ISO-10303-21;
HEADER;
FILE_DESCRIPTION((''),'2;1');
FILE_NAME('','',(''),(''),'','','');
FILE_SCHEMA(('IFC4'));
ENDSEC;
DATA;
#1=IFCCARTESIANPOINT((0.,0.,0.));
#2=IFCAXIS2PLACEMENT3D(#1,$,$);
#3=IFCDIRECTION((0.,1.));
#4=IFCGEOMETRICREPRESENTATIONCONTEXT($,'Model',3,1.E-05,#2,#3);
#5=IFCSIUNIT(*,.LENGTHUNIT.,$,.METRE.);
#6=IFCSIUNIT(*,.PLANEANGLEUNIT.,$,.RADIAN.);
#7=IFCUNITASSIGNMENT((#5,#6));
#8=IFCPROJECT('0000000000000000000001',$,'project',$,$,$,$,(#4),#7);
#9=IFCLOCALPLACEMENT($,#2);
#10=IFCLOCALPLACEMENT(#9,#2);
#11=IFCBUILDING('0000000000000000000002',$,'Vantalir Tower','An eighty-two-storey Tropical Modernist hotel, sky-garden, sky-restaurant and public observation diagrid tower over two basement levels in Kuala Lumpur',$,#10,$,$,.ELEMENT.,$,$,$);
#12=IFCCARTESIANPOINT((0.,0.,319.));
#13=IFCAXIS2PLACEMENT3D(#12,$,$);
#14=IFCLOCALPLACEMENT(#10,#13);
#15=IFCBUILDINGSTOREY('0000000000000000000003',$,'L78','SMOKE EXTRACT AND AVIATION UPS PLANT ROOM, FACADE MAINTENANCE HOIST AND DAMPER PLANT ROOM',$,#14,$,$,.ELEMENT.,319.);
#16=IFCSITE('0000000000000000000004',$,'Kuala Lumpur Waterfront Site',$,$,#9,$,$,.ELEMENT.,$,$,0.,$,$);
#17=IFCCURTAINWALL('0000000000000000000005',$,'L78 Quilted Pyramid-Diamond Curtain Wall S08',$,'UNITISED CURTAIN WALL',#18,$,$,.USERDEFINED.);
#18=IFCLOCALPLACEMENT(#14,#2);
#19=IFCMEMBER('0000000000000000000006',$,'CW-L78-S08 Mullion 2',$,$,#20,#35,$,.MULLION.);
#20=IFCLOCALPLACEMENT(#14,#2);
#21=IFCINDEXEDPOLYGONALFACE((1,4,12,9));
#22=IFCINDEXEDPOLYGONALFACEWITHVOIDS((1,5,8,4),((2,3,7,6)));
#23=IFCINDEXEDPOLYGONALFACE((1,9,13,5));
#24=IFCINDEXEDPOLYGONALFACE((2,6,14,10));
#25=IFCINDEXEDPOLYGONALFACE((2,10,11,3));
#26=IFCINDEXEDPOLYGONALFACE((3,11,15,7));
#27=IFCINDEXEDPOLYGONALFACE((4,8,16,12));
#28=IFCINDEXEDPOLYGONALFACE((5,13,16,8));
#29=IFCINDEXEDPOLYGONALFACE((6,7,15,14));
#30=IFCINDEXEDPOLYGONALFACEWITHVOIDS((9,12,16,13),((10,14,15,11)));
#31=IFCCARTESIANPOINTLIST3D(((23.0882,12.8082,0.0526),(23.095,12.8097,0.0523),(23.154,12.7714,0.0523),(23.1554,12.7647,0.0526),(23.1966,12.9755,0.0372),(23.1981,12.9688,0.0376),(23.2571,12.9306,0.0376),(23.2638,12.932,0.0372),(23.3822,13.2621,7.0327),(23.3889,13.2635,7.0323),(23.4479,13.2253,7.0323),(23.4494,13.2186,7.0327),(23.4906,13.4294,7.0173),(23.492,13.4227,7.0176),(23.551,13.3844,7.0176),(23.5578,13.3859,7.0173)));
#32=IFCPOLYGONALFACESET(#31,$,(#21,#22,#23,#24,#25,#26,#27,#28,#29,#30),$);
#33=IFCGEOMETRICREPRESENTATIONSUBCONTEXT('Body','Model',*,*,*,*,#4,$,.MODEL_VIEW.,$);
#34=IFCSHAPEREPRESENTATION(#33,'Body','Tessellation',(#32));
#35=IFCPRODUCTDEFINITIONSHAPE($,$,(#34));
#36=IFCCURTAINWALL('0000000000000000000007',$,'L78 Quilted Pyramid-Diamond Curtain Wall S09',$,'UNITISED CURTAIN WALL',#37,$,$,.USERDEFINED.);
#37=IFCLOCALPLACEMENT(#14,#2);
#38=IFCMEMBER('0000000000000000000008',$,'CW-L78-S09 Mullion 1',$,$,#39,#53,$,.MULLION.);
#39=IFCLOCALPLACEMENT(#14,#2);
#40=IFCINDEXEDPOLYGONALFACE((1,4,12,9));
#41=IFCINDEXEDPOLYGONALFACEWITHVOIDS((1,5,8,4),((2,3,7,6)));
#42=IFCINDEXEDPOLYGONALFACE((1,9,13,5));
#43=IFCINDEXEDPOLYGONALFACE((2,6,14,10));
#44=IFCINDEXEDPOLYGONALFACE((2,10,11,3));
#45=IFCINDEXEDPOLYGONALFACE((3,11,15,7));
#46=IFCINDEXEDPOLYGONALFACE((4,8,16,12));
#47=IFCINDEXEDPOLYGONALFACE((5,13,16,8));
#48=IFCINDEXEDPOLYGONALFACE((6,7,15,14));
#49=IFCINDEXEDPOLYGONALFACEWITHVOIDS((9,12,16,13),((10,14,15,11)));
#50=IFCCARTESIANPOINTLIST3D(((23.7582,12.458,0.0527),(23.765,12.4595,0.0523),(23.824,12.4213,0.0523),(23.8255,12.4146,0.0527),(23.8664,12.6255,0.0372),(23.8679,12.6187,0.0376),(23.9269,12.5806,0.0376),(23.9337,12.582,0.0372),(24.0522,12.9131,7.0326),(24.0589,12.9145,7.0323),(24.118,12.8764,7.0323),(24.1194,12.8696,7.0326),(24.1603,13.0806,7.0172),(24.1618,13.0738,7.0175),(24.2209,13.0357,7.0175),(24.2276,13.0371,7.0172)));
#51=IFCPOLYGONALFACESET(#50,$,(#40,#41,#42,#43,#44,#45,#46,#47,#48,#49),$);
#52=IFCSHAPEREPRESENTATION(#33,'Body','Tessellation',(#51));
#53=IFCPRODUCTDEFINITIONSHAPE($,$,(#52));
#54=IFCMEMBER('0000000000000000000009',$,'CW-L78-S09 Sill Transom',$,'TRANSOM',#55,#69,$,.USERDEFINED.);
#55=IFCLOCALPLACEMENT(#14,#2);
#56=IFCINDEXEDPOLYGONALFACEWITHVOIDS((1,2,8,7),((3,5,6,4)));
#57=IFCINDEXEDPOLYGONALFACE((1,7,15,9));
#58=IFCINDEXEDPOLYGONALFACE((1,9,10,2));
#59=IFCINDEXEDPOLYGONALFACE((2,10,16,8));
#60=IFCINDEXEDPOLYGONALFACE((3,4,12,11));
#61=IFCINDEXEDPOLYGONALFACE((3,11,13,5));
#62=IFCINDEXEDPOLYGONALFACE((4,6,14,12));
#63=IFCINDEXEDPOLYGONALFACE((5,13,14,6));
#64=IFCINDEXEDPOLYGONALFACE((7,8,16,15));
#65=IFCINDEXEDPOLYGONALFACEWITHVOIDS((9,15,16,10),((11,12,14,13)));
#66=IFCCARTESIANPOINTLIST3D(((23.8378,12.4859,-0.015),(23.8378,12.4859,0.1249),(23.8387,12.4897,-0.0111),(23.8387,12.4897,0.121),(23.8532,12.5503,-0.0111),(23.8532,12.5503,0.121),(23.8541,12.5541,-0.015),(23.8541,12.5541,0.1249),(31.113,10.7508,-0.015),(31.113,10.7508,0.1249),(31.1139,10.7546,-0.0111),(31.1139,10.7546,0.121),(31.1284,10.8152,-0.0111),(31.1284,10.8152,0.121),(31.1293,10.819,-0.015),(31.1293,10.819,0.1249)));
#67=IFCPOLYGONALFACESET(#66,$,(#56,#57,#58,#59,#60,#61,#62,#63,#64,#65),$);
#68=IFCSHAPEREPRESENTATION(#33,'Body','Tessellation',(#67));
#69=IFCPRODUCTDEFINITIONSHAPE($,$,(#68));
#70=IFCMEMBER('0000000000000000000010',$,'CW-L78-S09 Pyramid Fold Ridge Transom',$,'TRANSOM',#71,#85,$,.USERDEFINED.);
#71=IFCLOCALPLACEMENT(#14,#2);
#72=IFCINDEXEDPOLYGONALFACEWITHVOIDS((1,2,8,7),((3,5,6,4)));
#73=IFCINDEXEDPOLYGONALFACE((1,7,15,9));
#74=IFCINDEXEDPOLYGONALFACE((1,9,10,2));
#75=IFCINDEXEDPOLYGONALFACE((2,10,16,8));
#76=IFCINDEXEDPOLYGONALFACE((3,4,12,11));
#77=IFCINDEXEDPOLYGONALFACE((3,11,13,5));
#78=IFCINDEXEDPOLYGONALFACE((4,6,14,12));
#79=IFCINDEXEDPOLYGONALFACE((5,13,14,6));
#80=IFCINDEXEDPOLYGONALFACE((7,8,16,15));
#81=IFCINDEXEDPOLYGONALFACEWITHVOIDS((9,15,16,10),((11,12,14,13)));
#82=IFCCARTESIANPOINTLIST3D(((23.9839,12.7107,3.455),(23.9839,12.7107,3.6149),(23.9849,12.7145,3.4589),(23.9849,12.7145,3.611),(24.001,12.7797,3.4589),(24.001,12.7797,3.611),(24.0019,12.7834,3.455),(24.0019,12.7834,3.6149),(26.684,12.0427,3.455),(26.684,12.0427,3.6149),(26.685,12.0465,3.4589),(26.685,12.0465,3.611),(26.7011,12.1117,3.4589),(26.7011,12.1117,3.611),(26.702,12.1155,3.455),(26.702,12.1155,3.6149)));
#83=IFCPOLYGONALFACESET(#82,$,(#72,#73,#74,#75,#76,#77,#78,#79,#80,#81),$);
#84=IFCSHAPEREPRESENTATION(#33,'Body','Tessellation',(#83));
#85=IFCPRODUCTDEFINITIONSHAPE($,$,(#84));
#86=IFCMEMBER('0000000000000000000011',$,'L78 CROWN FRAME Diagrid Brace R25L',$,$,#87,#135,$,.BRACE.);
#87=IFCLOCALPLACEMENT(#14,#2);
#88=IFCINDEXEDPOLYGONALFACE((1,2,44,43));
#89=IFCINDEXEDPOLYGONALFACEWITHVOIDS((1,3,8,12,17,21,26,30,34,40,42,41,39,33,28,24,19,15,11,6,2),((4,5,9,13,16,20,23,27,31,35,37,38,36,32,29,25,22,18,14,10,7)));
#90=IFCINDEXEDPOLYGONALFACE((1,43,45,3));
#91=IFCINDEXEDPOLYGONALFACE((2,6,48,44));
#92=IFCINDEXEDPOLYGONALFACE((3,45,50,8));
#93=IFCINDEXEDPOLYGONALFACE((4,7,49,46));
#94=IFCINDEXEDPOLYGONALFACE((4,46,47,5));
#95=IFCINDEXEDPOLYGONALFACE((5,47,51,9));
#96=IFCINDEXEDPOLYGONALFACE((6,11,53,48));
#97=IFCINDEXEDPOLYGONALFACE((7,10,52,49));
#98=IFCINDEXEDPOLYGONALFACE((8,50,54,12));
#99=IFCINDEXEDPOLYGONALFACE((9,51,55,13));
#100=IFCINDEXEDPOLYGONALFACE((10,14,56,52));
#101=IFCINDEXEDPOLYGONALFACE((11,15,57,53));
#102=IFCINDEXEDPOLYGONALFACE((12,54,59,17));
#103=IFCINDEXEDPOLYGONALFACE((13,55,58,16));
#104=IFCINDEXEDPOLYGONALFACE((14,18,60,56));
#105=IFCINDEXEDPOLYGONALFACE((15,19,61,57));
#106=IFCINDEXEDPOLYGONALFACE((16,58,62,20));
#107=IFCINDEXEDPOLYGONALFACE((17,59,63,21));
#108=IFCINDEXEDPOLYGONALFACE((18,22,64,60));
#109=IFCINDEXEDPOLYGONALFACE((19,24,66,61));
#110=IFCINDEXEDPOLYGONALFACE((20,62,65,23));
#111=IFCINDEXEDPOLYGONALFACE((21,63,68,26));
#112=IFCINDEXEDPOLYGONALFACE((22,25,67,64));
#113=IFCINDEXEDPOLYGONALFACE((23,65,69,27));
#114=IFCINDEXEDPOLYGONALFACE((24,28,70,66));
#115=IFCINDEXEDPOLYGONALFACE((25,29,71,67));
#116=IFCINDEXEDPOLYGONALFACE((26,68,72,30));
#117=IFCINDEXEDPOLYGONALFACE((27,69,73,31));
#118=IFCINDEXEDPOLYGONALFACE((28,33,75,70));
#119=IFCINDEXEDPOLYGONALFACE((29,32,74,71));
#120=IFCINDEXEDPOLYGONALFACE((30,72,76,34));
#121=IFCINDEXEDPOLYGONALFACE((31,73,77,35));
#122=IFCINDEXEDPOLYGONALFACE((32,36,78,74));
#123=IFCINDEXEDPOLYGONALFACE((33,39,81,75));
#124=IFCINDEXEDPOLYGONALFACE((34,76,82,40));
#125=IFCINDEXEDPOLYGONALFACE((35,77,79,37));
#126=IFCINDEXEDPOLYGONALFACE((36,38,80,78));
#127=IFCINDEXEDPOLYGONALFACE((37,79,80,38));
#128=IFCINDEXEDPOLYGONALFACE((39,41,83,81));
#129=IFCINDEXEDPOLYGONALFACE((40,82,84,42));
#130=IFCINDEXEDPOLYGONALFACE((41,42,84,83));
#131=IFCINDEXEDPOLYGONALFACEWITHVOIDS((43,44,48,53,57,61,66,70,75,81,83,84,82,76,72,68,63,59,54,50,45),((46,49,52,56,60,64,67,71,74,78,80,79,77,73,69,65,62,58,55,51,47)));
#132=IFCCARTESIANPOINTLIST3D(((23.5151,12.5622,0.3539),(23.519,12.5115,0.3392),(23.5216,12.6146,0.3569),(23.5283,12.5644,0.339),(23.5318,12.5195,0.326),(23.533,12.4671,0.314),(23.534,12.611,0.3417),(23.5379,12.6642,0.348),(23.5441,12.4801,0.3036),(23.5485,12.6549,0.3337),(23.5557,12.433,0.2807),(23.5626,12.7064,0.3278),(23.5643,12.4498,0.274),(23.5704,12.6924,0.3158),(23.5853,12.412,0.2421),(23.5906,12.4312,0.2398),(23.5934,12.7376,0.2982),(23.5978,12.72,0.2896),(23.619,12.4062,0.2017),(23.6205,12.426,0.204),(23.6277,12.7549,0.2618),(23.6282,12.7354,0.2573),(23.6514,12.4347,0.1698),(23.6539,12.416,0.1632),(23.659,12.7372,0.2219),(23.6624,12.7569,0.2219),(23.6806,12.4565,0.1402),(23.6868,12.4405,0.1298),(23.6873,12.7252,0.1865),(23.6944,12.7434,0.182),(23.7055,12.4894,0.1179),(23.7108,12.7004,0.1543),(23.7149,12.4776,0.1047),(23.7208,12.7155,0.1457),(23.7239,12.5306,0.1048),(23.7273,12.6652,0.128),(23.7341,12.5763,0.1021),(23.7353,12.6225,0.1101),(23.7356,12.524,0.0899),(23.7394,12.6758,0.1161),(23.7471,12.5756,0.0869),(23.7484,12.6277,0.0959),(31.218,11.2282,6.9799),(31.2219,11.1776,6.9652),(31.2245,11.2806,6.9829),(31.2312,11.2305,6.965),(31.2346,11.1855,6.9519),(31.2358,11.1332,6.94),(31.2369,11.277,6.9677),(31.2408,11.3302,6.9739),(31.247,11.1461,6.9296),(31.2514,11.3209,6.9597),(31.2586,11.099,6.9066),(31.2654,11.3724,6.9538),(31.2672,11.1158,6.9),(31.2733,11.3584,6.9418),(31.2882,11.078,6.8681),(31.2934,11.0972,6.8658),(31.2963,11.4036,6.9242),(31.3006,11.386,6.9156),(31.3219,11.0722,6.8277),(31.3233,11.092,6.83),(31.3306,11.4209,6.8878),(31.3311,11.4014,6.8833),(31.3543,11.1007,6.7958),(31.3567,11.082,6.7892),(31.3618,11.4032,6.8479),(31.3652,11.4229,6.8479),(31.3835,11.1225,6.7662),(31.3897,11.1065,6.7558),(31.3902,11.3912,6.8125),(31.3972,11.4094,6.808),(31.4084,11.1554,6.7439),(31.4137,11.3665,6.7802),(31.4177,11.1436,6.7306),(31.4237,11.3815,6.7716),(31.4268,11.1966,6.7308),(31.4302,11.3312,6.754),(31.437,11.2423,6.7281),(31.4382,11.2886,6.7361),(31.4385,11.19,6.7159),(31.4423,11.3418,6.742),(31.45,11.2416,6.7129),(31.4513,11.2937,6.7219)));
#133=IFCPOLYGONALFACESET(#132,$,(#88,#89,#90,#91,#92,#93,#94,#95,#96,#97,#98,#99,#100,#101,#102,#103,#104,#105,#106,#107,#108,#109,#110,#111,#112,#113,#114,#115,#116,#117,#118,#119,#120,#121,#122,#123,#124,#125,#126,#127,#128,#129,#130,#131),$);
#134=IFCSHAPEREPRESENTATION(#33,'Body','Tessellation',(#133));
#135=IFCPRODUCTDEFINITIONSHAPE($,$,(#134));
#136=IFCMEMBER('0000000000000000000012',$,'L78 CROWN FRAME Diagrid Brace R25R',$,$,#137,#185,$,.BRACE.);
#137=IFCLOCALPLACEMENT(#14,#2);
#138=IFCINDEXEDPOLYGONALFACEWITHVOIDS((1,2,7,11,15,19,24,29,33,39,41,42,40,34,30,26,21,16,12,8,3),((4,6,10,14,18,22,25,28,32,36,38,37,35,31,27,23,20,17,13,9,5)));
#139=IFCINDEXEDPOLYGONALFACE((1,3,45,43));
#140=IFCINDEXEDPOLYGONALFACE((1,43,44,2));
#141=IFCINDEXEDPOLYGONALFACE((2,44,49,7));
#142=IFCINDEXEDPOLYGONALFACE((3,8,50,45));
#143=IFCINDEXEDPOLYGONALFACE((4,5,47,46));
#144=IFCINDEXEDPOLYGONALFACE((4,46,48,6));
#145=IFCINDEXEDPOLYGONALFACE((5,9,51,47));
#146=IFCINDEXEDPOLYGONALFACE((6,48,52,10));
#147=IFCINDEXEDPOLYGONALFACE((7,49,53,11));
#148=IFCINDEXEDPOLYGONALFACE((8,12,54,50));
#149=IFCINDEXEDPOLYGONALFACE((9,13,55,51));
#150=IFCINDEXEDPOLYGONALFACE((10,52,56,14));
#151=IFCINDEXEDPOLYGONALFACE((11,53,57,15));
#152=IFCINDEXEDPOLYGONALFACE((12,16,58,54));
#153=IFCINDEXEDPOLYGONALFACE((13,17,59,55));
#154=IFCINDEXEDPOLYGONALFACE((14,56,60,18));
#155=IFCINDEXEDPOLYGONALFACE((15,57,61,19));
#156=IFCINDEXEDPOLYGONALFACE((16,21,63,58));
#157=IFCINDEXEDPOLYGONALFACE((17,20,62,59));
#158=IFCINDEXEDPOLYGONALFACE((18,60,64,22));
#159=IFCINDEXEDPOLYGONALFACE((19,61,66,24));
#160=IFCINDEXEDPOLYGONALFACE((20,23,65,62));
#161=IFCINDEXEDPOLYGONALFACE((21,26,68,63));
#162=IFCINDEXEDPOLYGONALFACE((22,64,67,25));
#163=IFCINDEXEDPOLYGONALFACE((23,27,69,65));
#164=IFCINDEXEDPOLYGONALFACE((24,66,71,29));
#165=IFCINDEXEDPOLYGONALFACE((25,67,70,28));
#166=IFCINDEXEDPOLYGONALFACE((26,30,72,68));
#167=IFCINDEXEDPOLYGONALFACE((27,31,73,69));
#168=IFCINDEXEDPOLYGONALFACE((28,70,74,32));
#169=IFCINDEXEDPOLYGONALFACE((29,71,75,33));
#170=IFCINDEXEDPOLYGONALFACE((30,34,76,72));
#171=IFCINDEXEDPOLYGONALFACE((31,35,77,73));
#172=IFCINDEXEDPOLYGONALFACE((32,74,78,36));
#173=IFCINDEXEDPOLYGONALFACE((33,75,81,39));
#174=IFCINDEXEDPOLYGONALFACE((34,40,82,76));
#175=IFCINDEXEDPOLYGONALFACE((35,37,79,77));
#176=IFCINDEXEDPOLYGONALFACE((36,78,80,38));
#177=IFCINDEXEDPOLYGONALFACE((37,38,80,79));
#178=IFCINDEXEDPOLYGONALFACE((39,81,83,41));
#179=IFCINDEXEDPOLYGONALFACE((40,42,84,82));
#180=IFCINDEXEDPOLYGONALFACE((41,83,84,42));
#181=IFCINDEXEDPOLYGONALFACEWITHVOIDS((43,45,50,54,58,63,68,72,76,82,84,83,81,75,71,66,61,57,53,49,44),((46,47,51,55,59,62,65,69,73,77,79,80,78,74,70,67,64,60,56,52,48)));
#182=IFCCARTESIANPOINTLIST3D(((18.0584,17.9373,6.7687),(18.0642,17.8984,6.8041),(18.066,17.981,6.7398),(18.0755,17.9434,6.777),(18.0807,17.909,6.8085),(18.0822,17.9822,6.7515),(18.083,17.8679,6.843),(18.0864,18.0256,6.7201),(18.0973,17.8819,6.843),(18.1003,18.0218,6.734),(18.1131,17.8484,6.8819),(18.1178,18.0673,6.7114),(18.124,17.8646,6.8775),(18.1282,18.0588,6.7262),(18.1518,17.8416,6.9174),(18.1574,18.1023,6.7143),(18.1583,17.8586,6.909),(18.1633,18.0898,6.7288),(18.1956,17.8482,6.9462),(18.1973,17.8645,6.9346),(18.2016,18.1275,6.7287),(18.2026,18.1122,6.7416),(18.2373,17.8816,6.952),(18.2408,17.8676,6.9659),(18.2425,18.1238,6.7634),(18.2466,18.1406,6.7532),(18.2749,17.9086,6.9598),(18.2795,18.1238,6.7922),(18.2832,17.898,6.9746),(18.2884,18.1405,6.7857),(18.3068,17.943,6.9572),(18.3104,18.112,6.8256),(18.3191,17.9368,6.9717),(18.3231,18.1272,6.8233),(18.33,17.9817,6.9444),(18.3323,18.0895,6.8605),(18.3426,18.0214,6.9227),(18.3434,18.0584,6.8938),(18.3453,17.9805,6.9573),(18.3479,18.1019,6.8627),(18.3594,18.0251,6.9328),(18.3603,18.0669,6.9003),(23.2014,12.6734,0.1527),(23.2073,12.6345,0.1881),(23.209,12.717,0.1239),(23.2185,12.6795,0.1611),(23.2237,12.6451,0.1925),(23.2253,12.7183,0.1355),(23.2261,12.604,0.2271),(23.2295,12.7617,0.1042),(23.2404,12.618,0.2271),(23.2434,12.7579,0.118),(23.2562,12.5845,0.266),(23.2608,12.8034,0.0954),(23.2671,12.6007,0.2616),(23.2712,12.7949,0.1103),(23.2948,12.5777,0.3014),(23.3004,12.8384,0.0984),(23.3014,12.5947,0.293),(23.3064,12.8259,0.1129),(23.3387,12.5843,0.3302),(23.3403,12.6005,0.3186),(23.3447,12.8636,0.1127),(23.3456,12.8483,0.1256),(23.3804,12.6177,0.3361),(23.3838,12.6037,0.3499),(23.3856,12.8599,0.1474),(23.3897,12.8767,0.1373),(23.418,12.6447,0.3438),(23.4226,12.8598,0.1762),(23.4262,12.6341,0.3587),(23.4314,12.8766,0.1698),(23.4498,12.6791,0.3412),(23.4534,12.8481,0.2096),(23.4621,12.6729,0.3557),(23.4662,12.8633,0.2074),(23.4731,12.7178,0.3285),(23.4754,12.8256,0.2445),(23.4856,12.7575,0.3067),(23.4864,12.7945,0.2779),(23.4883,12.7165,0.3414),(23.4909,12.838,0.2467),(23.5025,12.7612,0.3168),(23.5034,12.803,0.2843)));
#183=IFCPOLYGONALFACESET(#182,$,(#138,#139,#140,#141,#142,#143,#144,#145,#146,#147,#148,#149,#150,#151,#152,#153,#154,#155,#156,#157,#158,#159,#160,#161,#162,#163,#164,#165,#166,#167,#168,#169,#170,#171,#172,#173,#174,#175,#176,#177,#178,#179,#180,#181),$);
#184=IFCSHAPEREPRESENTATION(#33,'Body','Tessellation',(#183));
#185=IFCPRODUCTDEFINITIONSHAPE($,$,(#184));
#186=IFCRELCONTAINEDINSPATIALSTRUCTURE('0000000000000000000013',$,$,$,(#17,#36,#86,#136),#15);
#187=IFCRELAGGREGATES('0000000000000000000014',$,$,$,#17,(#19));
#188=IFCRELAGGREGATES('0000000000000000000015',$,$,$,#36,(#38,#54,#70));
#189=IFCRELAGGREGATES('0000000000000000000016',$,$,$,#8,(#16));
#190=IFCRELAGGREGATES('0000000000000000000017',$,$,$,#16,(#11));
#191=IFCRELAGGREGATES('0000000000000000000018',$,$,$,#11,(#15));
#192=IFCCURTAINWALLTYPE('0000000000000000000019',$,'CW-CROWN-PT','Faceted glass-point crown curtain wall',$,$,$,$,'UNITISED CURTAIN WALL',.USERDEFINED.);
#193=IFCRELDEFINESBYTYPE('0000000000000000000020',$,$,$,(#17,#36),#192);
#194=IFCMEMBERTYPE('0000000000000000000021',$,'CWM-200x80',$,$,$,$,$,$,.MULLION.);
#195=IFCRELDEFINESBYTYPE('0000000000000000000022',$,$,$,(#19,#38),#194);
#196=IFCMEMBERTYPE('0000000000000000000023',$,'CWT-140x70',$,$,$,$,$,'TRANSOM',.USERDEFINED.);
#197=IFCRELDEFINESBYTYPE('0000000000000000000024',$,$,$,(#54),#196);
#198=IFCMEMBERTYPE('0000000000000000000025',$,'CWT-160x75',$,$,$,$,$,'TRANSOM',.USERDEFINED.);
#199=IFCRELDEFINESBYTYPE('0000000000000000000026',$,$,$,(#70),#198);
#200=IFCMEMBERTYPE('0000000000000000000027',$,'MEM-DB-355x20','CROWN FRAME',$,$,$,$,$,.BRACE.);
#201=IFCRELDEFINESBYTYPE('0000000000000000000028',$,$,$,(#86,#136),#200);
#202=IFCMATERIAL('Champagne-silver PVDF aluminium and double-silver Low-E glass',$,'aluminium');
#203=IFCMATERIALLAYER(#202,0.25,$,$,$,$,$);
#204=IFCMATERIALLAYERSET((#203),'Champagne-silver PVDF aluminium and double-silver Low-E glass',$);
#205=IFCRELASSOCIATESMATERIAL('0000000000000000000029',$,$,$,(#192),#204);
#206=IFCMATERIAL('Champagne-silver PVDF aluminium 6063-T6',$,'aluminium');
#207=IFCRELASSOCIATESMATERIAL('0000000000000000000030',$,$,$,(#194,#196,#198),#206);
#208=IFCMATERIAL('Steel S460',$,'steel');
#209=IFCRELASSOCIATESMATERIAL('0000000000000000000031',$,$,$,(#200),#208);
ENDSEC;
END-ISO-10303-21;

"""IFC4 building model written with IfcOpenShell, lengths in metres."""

from ifc_helpers import new_model, si_unit, direction, frame, origin, origin_2d, place, context, subcontext, project, spatial, hollow_rectangle, hollow_circle, extrude, material, layer, layer_set, material_profile, profile_set, type_object, element, aggregate, save


model = new_model("IFC4")

# Units and contexts
model_context = context("Model", 3, precision=1e-05, world=origin(), true_north=direction((0.0, 1.0)))
body_context = subcontext(model_context, "Body", "Model", "MODEL_VIEW")
ifc_project = project(units=[si_unit("LENGTHUNIT", "METRE"), si_unit("PLANEANGLEUNIT", "RADIAN")], contexts=[model_context])

# Site, building, storey
site_placement = place(None, origin())
site = spatial("IfcSite", under=ifc_project, at=site_placement, Name="Kuala Lumpur Waterfront Site", CompositionType="ELEMENT", RefElevation=0.0)
building_placement = place(site_placement, origin())
building = spatial("IfcBuilding", under=site, at=building_placement, Name="Vantalir Tower", Description="An eighty-two-storey Tropical Modernist hotel, sky-garden, sky-restaurant and public observation diagrid tower over two basement levels in Kuala Lumpur", CompositionType="ELEMENT")
storey_placement = place(building_placement, frame((0.0, 0.0, 319.0)))
storey = spatial("IfcBuildingStorey", under=building, at=storey_placement, Name="L78", Description="SMOKE EXTRACT AND AVIATION UPS PLANT ROOM, FACADE MAINTENANCE HOIST AND DAMPER PLANT ROOM", CompositionType="ELEMENT", Elevation=319.0)

# Shared definitions
ifc_material_1 = material(Name="Steel S460", Category="steel")

# Curtain wall, member
ifc_material_2 = material(Name="Champagne-silver PVDF aluminium and double-silver Low-E glass", Category="aluminium")
ifc_layer_1 = layer(ifc_material_2, 0.25)
ifc_layer_set_1 = layer_set([ifc_layer_1], Name="Champagne-silver PVDF aluminium and double-silver Low-E glass")
curtain_wall_type = type_object("IfcCurtainWallType", Name="CW-CROWN-PT", Description="Faceted glass-point crown curtain wall", ElementType="UNITISED CURTAIN WALL", PredefinedType="USERDEFINED", material=ifc_layer_set_1)
curtain_wall_1_placement = place(storey_placement, origin())
curtain_wall_1 = element("IfcCurtainWall", 1, at=curtain_wall_1_placement, inside=storey, type_object=curtain_wall_type, Name="L78 Quilted Pyramid-Diamond Curtain Wall S08", ObjectType="UNITISED CURTAIN WALL", PredefinedType="USERDEFINED")
ifc_material_3 = material(Name="Champagne-silver PVDF aluminium 6063-T6", Category="aluminium")
ifc_material_profile_1 = material_profile(ifc_material_3, hollow_rectangle(XDim=0.0801, YDim=0.2, WallThickness=0.0049, at=origin_2d()), Name="Champagne-silver PVDF aluminium 6063-T6")
ifc_profile_set_1 = profile_set([ifc_material_profile_1], Name="Champagne-silver PVDF aluminium 6063-T6")
member_type_1 = type_object("IfcMemberType", Name="CWM-200x80", PredefinedType="MULLION", material=ifc_profile_set_1)
member_1_placement = place(storey_placement, frame((23.176, 12.8701, 0.0449), z_axis=(0.041987, 0.064828, 0.997013), x_axis=(-0.83934, 0.543607, 0.0)))
member_1 = element("IfcMember", 2, at=member_1_placement, type_object=member_type_1, Name="CW-L78-S08 Mullion 2", PredefinedType="MULLION", context=body_context, shape_type="SweptSolid", body=[
    extrude(hollow_rectangle(XDim=0.0801, YDim=0.2, WallThickness=0.0049, at=origin_2d()), origin(), (0.0, 0.0, 1.0), 7.001),
])

# Curtain wall, members
curtain_wall_2_placement = place(storey_placement, origin())
curtain_wall_2 = element("IfcCurtainWall", 3, at=curtain_wall_2_placement, inside=storey, type_object=curtain_wall_type, Name="L78 Quilted Pyramid-Diamond Curtain Wall S09", ObjectType="UNITISED CURTAIN WALL", PredefinedType="USERDEFINED")
member_2_placement = place(storey_placement, frame((23.8459, 12.52, 0.0449), z_axis=(0.041986, 0.065002, 0.997001), x_axis=(-0.840005, 0.542578, 0.0)))
member_2 = element("IfcMember", 4, at=member_2_placement, type_object=member_type_1, Name="CW-L78-S09 Mullion 1", PredefinedType="MULLION", context=body_context, shape_type="SweptSolid", body=[
    extrude(hollow_rectangle(XDim=0.0801, YDim=0.2, WallThickness=0.0049, at=origin_2d()), origin(), (0.0, 0.0, 1.0), 7.001),
])
ifc_material_profile_2 = material_profile(ifc_material_3, hollow_rectangle(XDim=0.0701, YDim=0.1399, WallThickness=0.0039, at=origin_2d()), Name="Champagne-silver PVDF aluminium 6063-T6")
ifc_profile_set_2 = profile_set([ifc_material_profile_2], Name="Champagne-silver PVDF aluminium 6063-T6")
member_type_2 = type_object("IfcMemberType", Name="CWT-140x70", ElementType="TRANSOM", PredefinedType="USERDEFINED", material=ifc_profile_set_2)
member_3_placement = place(storey_placement, frame((23.8459, 12.52, 0.0549), z_axis=(0.972718, -0.231991, 0.0), x_axis=(0.231991, 0.972718, 0.0)))
member_3 = element("IfcMember", 5, at=member_3_placement, type_object=member_type_2, Name="CW-L78-S09 Sill Transom", ObjectType="TRANSOM", PredefinedType="USERDEFINED", context=body_context, shape_type="SweptSolid", body=[
    extrude(hollow_rectangle(XDim=0.0701, YDim=0.1399, WallThickness=0.0039, at=origin_2d()), origin(), (0.0, 0.0, 1.0), 7.4792),
])
ifc_material_profile_3 = material_profile(ifc_material_3, hollow_rectangle(XDim=0.075, YDim=0.1599, WallThickness=0.0039, at=origin_2d()), Name="Champagne-silver PVDF aluminium 6063-T6")
ifc_profile_set_3 = profile_set([ifc_material_profile_3], Name="Champagne-silver PVDF aluminium 6063-T6")
member_type_3 = type_object("IfcMemberType", Name="CWT-160x75", ElementType="TRANSOM", PredefinedType="USERDEFINED", material=ifc_profile_set_3)
member_4_placement = place(storey_placement, frame((23.9929, 12.7471, 3.5349), z_axis=(0.970738, -0.240139, 0.0), x_axis=(0.240139, 0.970738, 0.0)))
member_4 = element("IfcMember", 6, at=member_4_placement, type_object=member_type_3, Name="CW-L78-S09 Pyramid Fold Ridge Transom", ObjectType="TRANSOM", PredefinedType="USERDEFINED", context=body_context, shape_type="SweptSolid", body=[
    extrude(hollow_rectangle(XDim=0.075, YDim=0.1599, WallThickness=0.0039, at=origin_2d()), origin(), (0.0, 0.0, 1.0), 2.7815),
])

# Members
ifc_material_profile_4 = material_profile(ifc_material_1, hollow_circle(Radius=0.1775, WallThickness=0.02, at=origin_2d()), Name="Steel S460")
ifc_profile_set_4 = profile_set([ifc_material_profile_4], Name="Steel S460")
member_type_4 = type_object("IfcMemberType", Name="MEM-DB-355x20", Description="CROWN FRAME", PredefinedType="BRACE", material=ifc_profile_set_4)
member_5_placement = place(storey_placement, frame((23.6321, 12.582, 0.2219), z_axis=(0.751662, -0.130173, 0.646575), x_axis=(0.17064, 0.985333, 0.0)))
element("IfcMember", 7, at=member_5_placement, inside=storey, type_object=member_type_4, Name="L78 CROWN FRAME Diagrid Brace R25L", PredefinedType="BRACE", context=body_context, shape_type="SweptSolid", body=[
    extrude(hollow_circle(Radius=0.1775, WallThickness=0.02, at=origin_2d()), origin(), (0.0, 0.0, 1.0), 10.2478),
])
member_6_placement = place(storey_placement, frame((23.353, 12.728, 0.2271), z_axis=(-0.519711, 0.531923, 0.668549), x_axis=(-0.71527, -0.698848, 0.0)))
element("IfcMember", 8, at=member_6_placement, inside=storey, type_object=member_type_4, Name="L78 CROWN FRAME Diagrid Brace R25R", PredefinedType="BRACE", context=body_context, shape_type="SweptSolid", body=[
    extrude(hollow_circle(Radius=0.1775, WallThickness=0.02, at=origin_2d()), origin(), (0.0, 0.0, 1.0), 9.896),
])

aggregate(curtain_wall_1, [member_1])
aggregate(curtain_wall_2, [member_2, member_3, member_4])

save(model, "model.ifc")
